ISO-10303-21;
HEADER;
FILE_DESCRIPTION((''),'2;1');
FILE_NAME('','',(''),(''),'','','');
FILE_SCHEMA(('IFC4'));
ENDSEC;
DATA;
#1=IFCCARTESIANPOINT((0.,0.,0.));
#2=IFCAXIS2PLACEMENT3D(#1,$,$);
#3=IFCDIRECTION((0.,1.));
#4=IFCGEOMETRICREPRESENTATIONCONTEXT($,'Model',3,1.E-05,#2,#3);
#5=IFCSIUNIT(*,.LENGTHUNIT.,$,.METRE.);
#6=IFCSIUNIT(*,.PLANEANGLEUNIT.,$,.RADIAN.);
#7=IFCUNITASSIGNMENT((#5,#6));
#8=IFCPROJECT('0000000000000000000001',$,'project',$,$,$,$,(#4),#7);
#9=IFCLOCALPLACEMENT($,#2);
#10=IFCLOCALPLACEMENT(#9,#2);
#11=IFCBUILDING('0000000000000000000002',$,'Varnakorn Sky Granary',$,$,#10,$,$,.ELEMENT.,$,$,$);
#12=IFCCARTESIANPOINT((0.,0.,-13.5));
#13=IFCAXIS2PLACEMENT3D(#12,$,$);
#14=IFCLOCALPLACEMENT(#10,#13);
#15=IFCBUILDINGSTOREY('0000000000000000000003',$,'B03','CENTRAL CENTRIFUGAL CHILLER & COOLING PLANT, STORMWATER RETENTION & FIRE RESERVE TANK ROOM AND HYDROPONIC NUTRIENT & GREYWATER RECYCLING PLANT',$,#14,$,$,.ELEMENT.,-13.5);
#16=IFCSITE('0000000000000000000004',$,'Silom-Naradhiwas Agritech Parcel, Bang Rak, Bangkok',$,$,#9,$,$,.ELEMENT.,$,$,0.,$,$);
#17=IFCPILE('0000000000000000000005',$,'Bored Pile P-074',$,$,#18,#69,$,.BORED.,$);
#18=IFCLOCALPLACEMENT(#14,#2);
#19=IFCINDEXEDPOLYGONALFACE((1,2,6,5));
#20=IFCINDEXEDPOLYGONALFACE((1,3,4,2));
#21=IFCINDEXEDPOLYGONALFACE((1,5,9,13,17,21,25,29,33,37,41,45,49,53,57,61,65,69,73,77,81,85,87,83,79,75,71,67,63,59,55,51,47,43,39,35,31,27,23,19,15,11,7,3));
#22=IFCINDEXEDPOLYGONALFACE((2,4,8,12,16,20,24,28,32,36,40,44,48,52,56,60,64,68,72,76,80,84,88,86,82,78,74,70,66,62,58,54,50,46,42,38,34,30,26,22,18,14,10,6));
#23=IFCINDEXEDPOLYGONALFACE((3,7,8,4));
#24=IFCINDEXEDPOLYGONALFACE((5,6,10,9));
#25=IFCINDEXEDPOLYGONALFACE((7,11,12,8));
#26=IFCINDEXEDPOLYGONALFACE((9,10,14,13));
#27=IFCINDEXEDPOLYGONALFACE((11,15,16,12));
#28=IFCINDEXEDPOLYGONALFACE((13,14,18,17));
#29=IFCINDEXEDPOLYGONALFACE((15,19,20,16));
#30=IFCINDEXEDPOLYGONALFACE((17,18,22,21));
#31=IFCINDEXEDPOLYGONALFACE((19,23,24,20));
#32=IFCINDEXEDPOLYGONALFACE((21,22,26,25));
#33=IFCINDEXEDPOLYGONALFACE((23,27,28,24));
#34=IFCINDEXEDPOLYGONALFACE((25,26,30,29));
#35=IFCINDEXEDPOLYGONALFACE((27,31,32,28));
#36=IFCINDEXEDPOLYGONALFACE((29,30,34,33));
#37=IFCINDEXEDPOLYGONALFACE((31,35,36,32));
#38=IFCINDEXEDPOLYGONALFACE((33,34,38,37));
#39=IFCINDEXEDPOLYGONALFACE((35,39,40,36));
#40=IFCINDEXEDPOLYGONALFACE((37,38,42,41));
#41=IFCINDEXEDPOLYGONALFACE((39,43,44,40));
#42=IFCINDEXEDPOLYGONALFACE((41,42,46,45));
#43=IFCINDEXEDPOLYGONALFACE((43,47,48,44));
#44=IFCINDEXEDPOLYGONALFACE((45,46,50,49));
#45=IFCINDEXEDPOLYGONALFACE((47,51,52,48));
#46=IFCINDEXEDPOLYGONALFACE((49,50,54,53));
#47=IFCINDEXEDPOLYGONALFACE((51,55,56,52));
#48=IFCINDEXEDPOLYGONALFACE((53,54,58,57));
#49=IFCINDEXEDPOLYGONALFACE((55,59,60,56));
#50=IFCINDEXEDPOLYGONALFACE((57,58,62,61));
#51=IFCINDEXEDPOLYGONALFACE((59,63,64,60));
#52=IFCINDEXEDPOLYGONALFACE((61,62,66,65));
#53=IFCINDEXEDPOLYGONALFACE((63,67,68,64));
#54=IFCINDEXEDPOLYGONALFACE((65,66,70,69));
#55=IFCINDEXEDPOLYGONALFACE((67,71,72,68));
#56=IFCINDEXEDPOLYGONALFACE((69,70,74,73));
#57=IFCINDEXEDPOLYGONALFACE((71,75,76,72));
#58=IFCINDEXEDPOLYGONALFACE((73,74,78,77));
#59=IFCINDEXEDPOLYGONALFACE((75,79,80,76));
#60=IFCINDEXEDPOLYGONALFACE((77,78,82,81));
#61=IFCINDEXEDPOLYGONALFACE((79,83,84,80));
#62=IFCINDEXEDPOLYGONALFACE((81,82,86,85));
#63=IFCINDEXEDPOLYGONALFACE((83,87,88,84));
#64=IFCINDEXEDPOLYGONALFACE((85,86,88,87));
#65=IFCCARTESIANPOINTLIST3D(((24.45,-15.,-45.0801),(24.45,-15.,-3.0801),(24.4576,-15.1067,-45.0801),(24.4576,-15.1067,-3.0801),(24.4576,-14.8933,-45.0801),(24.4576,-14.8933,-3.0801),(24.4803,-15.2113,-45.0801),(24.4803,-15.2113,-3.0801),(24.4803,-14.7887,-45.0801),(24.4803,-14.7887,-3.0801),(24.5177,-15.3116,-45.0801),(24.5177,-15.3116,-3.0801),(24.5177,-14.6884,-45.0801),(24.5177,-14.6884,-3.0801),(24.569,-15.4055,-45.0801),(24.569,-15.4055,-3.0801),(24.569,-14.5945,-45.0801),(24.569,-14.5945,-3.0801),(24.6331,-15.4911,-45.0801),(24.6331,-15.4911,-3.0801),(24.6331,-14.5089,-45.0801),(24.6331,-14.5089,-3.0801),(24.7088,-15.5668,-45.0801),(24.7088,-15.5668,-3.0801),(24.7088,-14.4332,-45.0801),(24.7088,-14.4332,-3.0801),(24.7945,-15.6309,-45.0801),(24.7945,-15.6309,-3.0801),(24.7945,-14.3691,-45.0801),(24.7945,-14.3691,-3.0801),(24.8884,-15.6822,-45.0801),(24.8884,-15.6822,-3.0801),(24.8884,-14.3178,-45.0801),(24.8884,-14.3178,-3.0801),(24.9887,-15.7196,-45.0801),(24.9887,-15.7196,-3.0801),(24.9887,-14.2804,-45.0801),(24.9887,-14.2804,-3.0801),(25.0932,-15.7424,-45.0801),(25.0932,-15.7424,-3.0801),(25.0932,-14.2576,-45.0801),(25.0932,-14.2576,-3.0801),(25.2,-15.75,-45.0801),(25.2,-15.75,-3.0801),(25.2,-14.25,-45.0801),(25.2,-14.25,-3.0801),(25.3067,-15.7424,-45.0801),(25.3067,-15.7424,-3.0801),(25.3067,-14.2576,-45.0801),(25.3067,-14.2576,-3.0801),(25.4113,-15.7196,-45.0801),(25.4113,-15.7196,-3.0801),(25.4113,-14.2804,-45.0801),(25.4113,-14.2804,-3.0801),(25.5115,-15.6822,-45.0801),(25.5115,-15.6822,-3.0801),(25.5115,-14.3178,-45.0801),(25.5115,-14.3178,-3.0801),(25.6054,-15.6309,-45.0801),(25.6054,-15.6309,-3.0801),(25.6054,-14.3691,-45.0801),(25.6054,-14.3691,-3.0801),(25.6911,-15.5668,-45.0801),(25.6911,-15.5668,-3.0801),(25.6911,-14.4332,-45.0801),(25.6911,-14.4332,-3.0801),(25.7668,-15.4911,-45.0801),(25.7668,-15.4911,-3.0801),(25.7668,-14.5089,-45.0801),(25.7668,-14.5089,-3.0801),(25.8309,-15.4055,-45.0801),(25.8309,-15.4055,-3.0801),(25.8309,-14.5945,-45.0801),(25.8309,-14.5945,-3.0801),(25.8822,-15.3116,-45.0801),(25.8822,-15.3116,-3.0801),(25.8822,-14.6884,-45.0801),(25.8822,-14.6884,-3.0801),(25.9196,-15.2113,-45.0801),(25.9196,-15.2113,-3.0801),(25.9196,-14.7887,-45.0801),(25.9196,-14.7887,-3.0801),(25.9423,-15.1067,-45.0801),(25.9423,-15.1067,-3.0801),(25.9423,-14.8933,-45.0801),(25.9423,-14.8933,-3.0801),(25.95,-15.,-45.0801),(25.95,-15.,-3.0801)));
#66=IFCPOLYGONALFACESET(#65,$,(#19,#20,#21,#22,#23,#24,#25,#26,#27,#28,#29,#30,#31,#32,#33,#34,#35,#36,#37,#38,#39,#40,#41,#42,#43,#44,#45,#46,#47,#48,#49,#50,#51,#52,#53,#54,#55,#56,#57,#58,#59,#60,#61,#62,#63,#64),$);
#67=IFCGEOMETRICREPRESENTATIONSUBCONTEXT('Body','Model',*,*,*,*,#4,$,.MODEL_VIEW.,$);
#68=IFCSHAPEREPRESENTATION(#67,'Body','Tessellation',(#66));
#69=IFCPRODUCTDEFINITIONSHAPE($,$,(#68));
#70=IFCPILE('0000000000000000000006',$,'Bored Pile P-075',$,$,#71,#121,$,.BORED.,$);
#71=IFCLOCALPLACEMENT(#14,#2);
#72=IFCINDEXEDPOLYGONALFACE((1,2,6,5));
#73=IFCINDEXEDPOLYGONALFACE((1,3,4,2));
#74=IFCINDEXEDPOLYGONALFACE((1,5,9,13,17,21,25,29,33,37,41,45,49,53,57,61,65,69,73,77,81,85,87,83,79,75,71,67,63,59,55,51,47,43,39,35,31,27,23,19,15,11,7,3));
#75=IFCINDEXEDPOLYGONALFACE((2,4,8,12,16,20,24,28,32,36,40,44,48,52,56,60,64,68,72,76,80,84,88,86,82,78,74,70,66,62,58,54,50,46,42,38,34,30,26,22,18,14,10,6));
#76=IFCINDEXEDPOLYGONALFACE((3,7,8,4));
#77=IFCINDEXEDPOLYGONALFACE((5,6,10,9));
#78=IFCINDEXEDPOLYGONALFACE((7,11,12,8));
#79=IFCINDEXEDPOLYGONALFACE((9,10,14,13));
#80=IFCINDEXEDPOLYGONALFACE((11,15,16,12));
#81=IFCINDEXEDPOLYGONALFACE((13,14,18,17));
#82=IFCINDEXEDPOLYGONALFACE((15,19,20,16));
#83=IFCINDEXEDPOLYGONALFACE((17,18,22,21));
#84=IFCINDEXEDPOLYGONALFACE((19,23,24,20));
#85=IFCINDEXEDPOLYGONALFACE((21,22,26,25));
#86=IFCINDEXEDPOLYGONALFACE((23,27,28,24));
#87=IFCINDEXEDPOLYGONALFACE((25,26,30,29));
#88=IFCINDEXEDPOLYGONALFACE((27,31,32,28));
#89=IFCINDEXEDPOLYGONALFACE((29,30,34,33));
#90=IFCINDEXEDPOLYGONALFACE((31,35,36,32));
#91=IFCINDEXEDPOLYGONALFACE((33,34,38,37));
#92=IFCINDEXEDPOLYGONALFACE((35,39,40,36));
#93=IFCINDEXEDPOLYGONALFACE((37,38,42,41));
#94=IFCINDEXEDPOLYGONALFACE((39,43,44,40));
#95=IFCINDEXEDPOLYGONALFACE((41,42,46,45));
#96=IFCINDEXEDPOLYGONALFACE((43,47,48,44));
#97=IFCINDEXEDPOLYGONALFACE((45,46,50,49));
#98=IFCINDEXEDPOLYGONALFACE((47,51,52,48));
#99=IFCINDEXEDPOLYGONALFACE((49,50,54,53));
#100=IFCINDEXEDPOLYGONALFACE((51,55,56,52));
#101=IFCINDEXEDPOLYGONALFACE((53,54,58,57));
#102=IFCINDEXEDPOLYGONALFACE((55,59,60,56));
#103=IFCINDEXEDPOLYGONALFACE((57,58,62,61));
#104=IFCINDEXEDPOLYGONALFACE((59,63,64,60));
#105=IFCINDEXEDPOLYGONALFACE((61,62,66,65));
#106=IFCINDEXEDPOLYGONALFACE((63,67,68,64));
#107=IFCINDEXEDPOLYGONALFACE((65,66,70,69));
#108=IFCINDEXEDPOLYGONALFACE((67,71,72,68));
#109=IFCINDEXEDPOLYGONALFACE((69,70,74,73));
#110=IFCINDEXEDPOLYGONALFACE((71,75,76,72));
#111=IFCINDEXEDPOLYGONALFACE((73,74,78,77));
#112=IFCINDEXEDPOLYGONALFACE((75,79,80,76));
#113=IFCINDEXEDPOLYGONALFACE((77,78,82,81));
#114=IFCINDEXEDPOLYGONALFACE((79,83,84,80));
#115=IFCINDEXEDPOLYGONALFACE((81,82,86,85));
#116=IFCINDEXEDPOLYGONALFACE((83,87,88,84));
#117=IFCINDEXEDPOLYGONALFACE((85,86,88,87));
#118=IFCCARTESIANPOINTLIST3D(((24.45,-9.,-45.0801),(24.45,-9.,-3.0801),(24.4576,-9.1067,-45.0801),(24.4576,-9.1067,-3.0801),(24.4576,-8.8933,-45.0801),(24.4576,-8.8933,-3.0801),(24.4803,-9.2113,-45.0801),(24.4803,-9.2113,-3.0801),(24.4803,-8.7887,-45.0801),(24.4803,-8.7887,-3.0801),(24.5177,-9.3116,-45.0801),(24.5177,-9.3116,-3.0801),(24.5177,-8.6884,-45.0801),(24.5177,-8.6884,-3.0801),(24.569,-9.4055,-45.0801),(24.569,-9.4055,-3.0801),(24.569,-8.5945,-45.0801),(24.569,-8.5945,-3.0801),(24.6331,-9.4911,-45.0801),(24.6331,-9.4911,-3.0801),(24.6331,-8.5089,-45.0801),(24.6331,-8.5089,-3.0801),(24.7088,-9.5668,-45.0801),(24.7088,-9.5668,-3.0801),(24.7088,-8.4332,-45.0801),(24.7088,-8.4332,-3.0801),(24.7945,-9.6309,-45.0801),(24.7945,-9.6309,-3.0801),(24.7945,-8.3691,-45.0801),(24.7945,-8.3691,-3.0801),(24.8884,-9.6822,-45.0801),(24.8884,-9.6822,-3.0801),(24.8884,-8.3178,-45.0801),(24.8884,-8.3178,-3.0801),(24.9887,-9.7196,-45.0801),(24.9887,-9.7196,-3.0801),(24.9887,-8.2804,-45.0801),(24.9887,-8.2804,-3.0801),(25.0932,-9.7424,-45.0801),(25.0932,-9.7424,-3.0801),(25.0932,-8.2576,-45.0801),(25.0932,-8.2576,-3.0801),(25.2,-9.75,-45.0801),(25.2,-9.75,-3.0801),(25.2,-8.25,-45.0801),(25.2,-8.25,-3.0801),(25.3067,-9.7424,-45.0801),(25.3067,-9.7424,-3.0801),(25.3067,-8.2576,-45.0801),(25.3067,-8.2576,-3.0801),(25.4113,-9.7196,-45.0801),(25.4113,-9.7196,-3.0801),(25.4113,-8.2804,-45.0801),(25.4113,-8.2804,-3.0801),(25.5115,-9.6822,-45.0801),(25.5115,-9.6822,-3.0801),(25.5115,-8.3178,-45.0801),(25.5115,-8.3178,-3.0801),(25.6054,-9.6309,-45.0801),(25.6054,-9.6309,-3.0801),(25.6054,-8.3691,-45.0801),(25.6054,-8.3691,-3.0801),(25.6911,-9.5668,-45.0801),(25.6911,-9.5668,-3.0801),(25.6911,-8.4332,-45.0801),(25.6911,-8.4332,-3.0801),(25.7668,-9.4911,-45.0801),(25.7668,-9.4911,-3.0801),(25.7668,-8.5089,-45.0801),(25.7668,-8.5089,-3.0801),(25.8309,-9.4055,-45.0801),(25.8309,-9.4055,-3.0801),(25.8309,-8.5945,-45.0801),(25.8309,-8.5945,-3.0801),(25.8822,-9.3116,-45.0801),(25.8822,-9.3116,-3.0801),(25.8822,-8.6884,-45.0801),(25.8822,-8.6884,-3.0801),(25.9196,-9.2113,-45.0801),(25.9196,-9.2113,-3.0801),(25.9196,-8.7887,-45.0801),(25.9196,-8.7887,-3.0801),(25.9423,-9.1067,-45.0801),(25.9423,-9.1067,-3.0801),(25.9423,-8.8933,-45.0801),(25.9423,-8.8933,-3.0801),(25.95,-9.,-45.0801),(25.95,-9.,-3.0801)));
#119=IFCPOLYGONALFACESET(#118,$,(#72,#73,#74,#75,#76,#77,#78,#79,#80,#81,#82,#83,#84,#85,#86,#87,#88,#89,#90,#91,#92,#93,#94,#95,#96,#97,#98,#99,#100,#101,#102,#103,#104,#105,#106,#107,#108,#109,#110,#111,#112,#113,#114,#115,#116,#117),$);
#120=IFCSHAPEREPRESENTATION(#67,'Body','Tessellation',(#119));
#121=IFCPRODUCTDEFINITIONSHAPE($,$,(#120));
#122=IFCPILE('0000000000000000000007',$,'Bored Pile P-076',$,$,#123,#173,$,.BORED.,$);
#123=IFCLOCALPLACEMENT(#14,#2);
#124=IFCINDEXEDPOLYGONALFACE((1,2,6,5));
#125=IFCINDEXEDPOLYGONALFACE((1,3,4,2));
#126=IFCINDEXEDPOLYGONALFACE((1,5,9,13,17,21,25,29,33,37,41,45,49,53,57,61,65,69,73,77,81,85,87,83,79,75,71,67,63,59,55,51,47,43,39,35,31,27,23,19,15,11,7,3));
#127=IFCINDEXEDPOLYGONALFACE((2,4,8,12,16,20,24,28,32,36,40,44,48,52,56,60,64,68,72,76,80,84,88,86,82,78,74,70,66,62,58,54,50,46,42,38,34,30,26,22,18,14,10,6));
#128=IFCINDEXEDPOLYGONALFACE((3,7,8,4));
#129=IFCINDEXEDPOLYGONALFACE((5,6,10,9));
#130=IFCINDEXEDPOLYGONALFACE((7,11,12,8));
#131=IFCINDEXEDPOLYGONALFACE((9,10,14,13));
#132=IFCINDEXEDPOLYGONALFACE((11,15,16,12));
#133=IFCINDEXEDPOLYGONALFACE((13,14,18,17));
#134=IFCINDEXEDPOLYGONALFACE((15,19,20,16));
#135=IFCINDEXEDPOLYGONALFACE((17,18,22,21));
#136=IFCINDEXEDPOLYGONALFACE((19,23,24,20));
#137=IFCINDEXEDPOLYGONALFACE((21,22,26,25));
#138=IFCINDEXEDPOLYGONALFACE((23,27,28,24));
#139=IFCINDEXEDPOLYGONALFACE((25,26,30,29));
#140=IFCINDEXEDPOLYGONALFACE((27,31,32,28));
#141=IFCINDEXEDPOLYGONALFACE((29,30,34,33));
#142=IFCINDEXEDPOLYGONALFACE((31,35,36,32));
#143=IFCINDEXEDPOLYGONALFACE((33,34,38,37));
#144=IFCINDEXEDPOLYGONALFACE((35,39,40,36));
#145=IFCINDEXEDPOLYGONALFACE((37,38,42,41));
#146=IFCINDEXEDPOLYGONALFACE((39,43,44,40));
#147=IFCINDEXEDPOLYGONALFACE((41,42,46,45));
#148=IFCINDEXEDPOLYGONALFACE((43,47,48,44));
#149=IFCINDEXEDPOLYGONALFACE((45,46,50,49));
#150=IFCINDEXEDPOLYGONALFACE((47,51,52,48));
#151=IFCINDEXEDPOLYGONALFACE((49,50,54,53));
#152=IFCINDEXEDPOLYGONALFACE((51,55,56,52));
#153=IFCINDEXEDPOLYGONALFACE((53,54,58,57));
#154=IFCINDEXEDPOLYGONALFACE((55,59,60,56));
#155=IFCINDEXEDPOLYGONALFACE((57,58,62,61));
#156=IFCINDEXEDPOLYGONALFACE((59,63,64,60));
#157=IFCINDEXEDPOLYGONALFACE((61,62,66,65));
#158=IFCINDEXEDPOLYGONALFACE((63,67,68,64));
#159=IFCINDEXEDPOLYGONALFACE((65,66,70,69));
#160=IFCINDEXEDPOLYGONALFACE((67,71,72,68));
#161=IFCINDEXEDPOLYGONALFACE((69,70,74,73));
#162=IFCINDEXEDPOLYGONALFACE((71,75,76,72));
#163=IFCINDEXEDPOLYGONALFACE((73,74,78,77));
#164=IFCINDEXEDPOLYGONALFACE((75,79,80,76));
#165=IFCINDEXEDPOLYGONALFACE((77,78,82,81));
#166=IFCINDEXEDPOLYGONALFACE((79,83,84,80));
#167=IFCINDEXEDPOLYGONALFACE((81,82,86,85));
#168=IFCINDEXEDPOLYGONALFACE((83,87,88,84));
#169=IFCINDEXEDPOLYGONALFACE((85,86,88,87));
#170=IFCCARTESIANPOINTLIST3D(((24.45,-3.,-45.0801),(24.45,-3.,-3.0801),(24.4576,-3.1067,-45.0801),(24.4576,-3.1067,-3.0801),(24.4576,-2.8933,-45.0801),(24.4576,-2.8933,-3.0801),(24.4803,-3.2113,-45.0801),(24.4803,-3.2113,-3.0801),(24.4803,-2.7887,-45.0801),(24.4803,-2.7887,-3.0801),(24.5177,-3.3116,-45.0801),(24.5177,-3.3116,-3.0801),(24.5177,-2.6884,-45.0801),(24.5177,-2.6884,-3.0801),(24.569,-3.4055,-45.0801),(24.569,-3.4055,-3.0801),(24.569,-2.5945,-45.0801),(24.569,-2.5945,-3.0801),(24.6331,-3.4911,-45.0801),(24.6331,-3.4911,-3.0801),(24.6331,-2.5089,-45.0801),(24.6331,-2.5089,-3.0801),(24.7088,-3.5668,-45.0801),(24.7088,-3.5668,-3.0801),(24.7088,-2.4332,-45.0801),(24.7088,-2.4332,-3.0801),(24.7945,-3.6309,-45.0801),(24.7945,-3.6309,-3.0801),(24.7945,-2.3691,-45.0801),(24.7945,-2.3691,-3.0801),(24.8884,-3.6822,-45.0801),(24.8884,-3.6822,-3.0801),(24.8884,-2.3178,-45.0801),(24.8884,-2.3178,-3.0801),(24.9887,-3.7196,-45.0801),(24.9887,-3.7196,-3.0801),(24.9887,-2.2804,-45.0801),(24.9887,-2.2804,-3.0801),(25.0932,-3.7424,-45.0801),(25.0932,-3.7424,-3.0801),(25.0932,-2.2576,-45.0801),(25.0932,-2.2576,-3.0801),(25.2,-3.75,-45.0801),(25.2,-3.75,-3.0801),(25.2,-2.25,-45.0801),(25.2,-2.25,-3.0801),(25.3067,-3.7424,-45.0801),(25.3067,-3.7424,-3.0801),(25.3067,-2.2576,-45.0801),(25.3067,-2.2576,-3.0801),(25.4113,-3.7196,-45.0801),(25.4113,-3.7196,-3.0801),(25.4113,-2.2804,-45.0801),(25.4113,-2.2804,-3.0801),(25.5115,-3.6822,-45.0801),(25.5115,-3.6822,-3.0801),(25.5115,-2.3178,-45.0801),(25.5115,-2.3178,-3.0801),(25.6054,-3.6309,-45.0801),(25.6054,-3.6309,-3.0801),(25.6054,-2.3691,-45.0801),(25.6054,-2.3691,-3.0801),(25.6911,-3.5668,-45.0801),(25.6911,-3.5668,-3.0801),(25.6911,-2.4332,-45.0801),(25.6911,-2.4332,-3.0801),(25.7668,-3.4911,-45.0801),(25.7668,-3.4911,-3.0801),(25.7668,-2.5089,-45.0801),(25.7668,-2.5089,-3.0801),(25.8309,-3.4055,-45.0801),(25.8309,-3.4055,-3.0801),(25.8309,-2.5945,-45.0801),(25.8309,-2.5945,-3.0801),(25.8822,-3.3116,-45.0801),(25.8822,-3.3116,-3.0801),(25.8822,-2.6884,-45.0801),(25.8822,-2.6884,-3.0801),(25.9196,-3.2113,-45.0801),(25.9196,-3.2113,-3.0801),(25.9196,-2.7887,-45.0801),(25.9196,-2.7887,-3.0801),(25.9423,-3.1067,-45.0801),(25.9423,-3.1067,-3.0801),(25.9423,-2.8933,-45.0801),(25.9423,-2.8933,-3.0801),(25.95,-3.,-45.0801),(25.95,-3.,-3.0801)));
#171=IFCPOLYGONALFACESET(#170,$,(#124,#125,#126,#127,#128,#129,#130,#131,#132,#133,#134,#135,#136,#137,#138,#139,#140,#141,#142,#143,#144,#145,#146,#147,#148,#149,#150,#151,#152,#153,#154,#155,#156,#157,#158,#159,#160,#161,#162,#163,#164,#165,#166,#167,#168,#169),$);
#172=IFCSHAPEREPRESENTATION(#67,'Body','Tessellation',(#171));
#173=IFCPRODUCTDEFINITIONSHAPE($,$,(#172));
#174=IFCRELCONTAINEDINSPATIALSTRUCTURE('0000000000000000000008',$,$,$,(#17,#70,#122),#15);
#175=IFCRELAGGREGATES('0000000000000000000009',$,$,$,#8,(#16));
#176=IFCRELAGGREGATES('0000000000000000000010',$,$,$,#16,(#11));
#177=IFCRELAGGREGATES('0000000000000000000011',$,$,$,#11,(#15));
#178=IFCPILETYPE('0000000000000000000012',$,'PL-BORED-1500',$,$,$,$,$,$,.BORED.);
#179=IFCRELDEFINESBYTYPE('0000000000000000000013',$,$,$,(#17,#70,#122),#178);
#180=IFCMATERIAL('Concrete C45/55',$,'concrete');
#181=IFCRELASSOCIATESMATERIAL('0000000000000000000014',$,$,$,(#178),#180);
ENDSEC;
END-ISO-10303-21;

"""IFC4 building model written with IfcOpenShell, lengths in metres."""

from ifc_helpers import new_model, si_unit, direction, frame, origin, origin_2d, place, context, subcontext, project, spatial, circle, extrude, material, material_profile, profile_set, type_object, element, save


model = new_model("IFC4")

# Units and contexts
model_context = context("Model", 3, precision=1e-05, world=origin(), true_north=direction((0.0, 1.0)))
body_context = subcontext(model_context, "Body", "Model", "MODEL_VIEW")
ifc_project = project(units=[si_unit("LENGTHUNIT", "METRE"), si_unit("PLANEANGLEUNIT", "RADIAN")], contexts=[model_context])

# Site, building, storey
site_placement = place(None, origin())
site = spatial("IfcSite", under=ifc_project, at=site_placement, Name="Silom-Naradhiwas Agritech Parcel, Bang Rak, Bangkok", CompositionType="ELEMENT", RefElevation=0.0)
building_placement = place(site_placement, origin())
building = spatial("IfcBuilding", under=site, at=building_placement, Name="Varnakorn Sky Granary", CompositionType="ELEMENT")
storey_placement = place(building_placement, frame((0.0, 0.0, -13.5)))
storey = spatial("IfcBuildingStorey", under=building, at=storey_placement, Name="B03", Description="CENTRAL CENTRIFUGAL CHILLER & COOLING PLANT, STORMWATER RETENTION & FIRE RESERVE TANK ROOM AND HYDROPONIC NUTRIENT & GREYWATER RECYCLING PLANT", CompositionType="ELEMENT", Elevation=-13.5)

# Piles
ifc_material_1 = material(Name="Concrete C45/55", Category="concrete")
ifc_material_profile_1 = material_profile(ifc_material_1, circle(Radius=0.75, at=origin_2d()), Name="PILE D1500")
ifc_profile_set_1 = profile_set([ifc_material_profile_1], Name="Concrete C45/55")
pile_type_1 = type_object("IfcPileType", Name="PL-BORED-1500", PredefinedType="BORED", material=ifc_profile_set_1)
for number, where, z_axis, x_axis, name in (
    (1, (25.2, -15.0, -3.0801), (0.0, 0.0, -1.0), (1.0, 0.0, 0.0), "Bored Pile P-074"),
    (2, (25.2, -9.0, -3.0801), (0.0, 0.0, -1.0), (1.0, 0.0, 0.0), "Bored Pile P-075"),
    (3, (25.2, -3.0, -3.0801), (0.0, 0.0, -1.0), (1.0, 0.0, 0.0), "Bored Pile P-076"),
):
    element("IfcPile", number, at=place(storey_placement, frame(where, z_axis=z_axis, x_axis=x_axis)), inside=storey, type_object=pile_type_1, Name=name, PredefinedType="BORED", context=body_context, shape_type="SweptSolid", body=[
        extrude(circle(Radius=0.75, at=origin_2d()), origin(), (0.0, 0.0, 1.0), 42.0),
    ])

save(model, "model.ifc")
